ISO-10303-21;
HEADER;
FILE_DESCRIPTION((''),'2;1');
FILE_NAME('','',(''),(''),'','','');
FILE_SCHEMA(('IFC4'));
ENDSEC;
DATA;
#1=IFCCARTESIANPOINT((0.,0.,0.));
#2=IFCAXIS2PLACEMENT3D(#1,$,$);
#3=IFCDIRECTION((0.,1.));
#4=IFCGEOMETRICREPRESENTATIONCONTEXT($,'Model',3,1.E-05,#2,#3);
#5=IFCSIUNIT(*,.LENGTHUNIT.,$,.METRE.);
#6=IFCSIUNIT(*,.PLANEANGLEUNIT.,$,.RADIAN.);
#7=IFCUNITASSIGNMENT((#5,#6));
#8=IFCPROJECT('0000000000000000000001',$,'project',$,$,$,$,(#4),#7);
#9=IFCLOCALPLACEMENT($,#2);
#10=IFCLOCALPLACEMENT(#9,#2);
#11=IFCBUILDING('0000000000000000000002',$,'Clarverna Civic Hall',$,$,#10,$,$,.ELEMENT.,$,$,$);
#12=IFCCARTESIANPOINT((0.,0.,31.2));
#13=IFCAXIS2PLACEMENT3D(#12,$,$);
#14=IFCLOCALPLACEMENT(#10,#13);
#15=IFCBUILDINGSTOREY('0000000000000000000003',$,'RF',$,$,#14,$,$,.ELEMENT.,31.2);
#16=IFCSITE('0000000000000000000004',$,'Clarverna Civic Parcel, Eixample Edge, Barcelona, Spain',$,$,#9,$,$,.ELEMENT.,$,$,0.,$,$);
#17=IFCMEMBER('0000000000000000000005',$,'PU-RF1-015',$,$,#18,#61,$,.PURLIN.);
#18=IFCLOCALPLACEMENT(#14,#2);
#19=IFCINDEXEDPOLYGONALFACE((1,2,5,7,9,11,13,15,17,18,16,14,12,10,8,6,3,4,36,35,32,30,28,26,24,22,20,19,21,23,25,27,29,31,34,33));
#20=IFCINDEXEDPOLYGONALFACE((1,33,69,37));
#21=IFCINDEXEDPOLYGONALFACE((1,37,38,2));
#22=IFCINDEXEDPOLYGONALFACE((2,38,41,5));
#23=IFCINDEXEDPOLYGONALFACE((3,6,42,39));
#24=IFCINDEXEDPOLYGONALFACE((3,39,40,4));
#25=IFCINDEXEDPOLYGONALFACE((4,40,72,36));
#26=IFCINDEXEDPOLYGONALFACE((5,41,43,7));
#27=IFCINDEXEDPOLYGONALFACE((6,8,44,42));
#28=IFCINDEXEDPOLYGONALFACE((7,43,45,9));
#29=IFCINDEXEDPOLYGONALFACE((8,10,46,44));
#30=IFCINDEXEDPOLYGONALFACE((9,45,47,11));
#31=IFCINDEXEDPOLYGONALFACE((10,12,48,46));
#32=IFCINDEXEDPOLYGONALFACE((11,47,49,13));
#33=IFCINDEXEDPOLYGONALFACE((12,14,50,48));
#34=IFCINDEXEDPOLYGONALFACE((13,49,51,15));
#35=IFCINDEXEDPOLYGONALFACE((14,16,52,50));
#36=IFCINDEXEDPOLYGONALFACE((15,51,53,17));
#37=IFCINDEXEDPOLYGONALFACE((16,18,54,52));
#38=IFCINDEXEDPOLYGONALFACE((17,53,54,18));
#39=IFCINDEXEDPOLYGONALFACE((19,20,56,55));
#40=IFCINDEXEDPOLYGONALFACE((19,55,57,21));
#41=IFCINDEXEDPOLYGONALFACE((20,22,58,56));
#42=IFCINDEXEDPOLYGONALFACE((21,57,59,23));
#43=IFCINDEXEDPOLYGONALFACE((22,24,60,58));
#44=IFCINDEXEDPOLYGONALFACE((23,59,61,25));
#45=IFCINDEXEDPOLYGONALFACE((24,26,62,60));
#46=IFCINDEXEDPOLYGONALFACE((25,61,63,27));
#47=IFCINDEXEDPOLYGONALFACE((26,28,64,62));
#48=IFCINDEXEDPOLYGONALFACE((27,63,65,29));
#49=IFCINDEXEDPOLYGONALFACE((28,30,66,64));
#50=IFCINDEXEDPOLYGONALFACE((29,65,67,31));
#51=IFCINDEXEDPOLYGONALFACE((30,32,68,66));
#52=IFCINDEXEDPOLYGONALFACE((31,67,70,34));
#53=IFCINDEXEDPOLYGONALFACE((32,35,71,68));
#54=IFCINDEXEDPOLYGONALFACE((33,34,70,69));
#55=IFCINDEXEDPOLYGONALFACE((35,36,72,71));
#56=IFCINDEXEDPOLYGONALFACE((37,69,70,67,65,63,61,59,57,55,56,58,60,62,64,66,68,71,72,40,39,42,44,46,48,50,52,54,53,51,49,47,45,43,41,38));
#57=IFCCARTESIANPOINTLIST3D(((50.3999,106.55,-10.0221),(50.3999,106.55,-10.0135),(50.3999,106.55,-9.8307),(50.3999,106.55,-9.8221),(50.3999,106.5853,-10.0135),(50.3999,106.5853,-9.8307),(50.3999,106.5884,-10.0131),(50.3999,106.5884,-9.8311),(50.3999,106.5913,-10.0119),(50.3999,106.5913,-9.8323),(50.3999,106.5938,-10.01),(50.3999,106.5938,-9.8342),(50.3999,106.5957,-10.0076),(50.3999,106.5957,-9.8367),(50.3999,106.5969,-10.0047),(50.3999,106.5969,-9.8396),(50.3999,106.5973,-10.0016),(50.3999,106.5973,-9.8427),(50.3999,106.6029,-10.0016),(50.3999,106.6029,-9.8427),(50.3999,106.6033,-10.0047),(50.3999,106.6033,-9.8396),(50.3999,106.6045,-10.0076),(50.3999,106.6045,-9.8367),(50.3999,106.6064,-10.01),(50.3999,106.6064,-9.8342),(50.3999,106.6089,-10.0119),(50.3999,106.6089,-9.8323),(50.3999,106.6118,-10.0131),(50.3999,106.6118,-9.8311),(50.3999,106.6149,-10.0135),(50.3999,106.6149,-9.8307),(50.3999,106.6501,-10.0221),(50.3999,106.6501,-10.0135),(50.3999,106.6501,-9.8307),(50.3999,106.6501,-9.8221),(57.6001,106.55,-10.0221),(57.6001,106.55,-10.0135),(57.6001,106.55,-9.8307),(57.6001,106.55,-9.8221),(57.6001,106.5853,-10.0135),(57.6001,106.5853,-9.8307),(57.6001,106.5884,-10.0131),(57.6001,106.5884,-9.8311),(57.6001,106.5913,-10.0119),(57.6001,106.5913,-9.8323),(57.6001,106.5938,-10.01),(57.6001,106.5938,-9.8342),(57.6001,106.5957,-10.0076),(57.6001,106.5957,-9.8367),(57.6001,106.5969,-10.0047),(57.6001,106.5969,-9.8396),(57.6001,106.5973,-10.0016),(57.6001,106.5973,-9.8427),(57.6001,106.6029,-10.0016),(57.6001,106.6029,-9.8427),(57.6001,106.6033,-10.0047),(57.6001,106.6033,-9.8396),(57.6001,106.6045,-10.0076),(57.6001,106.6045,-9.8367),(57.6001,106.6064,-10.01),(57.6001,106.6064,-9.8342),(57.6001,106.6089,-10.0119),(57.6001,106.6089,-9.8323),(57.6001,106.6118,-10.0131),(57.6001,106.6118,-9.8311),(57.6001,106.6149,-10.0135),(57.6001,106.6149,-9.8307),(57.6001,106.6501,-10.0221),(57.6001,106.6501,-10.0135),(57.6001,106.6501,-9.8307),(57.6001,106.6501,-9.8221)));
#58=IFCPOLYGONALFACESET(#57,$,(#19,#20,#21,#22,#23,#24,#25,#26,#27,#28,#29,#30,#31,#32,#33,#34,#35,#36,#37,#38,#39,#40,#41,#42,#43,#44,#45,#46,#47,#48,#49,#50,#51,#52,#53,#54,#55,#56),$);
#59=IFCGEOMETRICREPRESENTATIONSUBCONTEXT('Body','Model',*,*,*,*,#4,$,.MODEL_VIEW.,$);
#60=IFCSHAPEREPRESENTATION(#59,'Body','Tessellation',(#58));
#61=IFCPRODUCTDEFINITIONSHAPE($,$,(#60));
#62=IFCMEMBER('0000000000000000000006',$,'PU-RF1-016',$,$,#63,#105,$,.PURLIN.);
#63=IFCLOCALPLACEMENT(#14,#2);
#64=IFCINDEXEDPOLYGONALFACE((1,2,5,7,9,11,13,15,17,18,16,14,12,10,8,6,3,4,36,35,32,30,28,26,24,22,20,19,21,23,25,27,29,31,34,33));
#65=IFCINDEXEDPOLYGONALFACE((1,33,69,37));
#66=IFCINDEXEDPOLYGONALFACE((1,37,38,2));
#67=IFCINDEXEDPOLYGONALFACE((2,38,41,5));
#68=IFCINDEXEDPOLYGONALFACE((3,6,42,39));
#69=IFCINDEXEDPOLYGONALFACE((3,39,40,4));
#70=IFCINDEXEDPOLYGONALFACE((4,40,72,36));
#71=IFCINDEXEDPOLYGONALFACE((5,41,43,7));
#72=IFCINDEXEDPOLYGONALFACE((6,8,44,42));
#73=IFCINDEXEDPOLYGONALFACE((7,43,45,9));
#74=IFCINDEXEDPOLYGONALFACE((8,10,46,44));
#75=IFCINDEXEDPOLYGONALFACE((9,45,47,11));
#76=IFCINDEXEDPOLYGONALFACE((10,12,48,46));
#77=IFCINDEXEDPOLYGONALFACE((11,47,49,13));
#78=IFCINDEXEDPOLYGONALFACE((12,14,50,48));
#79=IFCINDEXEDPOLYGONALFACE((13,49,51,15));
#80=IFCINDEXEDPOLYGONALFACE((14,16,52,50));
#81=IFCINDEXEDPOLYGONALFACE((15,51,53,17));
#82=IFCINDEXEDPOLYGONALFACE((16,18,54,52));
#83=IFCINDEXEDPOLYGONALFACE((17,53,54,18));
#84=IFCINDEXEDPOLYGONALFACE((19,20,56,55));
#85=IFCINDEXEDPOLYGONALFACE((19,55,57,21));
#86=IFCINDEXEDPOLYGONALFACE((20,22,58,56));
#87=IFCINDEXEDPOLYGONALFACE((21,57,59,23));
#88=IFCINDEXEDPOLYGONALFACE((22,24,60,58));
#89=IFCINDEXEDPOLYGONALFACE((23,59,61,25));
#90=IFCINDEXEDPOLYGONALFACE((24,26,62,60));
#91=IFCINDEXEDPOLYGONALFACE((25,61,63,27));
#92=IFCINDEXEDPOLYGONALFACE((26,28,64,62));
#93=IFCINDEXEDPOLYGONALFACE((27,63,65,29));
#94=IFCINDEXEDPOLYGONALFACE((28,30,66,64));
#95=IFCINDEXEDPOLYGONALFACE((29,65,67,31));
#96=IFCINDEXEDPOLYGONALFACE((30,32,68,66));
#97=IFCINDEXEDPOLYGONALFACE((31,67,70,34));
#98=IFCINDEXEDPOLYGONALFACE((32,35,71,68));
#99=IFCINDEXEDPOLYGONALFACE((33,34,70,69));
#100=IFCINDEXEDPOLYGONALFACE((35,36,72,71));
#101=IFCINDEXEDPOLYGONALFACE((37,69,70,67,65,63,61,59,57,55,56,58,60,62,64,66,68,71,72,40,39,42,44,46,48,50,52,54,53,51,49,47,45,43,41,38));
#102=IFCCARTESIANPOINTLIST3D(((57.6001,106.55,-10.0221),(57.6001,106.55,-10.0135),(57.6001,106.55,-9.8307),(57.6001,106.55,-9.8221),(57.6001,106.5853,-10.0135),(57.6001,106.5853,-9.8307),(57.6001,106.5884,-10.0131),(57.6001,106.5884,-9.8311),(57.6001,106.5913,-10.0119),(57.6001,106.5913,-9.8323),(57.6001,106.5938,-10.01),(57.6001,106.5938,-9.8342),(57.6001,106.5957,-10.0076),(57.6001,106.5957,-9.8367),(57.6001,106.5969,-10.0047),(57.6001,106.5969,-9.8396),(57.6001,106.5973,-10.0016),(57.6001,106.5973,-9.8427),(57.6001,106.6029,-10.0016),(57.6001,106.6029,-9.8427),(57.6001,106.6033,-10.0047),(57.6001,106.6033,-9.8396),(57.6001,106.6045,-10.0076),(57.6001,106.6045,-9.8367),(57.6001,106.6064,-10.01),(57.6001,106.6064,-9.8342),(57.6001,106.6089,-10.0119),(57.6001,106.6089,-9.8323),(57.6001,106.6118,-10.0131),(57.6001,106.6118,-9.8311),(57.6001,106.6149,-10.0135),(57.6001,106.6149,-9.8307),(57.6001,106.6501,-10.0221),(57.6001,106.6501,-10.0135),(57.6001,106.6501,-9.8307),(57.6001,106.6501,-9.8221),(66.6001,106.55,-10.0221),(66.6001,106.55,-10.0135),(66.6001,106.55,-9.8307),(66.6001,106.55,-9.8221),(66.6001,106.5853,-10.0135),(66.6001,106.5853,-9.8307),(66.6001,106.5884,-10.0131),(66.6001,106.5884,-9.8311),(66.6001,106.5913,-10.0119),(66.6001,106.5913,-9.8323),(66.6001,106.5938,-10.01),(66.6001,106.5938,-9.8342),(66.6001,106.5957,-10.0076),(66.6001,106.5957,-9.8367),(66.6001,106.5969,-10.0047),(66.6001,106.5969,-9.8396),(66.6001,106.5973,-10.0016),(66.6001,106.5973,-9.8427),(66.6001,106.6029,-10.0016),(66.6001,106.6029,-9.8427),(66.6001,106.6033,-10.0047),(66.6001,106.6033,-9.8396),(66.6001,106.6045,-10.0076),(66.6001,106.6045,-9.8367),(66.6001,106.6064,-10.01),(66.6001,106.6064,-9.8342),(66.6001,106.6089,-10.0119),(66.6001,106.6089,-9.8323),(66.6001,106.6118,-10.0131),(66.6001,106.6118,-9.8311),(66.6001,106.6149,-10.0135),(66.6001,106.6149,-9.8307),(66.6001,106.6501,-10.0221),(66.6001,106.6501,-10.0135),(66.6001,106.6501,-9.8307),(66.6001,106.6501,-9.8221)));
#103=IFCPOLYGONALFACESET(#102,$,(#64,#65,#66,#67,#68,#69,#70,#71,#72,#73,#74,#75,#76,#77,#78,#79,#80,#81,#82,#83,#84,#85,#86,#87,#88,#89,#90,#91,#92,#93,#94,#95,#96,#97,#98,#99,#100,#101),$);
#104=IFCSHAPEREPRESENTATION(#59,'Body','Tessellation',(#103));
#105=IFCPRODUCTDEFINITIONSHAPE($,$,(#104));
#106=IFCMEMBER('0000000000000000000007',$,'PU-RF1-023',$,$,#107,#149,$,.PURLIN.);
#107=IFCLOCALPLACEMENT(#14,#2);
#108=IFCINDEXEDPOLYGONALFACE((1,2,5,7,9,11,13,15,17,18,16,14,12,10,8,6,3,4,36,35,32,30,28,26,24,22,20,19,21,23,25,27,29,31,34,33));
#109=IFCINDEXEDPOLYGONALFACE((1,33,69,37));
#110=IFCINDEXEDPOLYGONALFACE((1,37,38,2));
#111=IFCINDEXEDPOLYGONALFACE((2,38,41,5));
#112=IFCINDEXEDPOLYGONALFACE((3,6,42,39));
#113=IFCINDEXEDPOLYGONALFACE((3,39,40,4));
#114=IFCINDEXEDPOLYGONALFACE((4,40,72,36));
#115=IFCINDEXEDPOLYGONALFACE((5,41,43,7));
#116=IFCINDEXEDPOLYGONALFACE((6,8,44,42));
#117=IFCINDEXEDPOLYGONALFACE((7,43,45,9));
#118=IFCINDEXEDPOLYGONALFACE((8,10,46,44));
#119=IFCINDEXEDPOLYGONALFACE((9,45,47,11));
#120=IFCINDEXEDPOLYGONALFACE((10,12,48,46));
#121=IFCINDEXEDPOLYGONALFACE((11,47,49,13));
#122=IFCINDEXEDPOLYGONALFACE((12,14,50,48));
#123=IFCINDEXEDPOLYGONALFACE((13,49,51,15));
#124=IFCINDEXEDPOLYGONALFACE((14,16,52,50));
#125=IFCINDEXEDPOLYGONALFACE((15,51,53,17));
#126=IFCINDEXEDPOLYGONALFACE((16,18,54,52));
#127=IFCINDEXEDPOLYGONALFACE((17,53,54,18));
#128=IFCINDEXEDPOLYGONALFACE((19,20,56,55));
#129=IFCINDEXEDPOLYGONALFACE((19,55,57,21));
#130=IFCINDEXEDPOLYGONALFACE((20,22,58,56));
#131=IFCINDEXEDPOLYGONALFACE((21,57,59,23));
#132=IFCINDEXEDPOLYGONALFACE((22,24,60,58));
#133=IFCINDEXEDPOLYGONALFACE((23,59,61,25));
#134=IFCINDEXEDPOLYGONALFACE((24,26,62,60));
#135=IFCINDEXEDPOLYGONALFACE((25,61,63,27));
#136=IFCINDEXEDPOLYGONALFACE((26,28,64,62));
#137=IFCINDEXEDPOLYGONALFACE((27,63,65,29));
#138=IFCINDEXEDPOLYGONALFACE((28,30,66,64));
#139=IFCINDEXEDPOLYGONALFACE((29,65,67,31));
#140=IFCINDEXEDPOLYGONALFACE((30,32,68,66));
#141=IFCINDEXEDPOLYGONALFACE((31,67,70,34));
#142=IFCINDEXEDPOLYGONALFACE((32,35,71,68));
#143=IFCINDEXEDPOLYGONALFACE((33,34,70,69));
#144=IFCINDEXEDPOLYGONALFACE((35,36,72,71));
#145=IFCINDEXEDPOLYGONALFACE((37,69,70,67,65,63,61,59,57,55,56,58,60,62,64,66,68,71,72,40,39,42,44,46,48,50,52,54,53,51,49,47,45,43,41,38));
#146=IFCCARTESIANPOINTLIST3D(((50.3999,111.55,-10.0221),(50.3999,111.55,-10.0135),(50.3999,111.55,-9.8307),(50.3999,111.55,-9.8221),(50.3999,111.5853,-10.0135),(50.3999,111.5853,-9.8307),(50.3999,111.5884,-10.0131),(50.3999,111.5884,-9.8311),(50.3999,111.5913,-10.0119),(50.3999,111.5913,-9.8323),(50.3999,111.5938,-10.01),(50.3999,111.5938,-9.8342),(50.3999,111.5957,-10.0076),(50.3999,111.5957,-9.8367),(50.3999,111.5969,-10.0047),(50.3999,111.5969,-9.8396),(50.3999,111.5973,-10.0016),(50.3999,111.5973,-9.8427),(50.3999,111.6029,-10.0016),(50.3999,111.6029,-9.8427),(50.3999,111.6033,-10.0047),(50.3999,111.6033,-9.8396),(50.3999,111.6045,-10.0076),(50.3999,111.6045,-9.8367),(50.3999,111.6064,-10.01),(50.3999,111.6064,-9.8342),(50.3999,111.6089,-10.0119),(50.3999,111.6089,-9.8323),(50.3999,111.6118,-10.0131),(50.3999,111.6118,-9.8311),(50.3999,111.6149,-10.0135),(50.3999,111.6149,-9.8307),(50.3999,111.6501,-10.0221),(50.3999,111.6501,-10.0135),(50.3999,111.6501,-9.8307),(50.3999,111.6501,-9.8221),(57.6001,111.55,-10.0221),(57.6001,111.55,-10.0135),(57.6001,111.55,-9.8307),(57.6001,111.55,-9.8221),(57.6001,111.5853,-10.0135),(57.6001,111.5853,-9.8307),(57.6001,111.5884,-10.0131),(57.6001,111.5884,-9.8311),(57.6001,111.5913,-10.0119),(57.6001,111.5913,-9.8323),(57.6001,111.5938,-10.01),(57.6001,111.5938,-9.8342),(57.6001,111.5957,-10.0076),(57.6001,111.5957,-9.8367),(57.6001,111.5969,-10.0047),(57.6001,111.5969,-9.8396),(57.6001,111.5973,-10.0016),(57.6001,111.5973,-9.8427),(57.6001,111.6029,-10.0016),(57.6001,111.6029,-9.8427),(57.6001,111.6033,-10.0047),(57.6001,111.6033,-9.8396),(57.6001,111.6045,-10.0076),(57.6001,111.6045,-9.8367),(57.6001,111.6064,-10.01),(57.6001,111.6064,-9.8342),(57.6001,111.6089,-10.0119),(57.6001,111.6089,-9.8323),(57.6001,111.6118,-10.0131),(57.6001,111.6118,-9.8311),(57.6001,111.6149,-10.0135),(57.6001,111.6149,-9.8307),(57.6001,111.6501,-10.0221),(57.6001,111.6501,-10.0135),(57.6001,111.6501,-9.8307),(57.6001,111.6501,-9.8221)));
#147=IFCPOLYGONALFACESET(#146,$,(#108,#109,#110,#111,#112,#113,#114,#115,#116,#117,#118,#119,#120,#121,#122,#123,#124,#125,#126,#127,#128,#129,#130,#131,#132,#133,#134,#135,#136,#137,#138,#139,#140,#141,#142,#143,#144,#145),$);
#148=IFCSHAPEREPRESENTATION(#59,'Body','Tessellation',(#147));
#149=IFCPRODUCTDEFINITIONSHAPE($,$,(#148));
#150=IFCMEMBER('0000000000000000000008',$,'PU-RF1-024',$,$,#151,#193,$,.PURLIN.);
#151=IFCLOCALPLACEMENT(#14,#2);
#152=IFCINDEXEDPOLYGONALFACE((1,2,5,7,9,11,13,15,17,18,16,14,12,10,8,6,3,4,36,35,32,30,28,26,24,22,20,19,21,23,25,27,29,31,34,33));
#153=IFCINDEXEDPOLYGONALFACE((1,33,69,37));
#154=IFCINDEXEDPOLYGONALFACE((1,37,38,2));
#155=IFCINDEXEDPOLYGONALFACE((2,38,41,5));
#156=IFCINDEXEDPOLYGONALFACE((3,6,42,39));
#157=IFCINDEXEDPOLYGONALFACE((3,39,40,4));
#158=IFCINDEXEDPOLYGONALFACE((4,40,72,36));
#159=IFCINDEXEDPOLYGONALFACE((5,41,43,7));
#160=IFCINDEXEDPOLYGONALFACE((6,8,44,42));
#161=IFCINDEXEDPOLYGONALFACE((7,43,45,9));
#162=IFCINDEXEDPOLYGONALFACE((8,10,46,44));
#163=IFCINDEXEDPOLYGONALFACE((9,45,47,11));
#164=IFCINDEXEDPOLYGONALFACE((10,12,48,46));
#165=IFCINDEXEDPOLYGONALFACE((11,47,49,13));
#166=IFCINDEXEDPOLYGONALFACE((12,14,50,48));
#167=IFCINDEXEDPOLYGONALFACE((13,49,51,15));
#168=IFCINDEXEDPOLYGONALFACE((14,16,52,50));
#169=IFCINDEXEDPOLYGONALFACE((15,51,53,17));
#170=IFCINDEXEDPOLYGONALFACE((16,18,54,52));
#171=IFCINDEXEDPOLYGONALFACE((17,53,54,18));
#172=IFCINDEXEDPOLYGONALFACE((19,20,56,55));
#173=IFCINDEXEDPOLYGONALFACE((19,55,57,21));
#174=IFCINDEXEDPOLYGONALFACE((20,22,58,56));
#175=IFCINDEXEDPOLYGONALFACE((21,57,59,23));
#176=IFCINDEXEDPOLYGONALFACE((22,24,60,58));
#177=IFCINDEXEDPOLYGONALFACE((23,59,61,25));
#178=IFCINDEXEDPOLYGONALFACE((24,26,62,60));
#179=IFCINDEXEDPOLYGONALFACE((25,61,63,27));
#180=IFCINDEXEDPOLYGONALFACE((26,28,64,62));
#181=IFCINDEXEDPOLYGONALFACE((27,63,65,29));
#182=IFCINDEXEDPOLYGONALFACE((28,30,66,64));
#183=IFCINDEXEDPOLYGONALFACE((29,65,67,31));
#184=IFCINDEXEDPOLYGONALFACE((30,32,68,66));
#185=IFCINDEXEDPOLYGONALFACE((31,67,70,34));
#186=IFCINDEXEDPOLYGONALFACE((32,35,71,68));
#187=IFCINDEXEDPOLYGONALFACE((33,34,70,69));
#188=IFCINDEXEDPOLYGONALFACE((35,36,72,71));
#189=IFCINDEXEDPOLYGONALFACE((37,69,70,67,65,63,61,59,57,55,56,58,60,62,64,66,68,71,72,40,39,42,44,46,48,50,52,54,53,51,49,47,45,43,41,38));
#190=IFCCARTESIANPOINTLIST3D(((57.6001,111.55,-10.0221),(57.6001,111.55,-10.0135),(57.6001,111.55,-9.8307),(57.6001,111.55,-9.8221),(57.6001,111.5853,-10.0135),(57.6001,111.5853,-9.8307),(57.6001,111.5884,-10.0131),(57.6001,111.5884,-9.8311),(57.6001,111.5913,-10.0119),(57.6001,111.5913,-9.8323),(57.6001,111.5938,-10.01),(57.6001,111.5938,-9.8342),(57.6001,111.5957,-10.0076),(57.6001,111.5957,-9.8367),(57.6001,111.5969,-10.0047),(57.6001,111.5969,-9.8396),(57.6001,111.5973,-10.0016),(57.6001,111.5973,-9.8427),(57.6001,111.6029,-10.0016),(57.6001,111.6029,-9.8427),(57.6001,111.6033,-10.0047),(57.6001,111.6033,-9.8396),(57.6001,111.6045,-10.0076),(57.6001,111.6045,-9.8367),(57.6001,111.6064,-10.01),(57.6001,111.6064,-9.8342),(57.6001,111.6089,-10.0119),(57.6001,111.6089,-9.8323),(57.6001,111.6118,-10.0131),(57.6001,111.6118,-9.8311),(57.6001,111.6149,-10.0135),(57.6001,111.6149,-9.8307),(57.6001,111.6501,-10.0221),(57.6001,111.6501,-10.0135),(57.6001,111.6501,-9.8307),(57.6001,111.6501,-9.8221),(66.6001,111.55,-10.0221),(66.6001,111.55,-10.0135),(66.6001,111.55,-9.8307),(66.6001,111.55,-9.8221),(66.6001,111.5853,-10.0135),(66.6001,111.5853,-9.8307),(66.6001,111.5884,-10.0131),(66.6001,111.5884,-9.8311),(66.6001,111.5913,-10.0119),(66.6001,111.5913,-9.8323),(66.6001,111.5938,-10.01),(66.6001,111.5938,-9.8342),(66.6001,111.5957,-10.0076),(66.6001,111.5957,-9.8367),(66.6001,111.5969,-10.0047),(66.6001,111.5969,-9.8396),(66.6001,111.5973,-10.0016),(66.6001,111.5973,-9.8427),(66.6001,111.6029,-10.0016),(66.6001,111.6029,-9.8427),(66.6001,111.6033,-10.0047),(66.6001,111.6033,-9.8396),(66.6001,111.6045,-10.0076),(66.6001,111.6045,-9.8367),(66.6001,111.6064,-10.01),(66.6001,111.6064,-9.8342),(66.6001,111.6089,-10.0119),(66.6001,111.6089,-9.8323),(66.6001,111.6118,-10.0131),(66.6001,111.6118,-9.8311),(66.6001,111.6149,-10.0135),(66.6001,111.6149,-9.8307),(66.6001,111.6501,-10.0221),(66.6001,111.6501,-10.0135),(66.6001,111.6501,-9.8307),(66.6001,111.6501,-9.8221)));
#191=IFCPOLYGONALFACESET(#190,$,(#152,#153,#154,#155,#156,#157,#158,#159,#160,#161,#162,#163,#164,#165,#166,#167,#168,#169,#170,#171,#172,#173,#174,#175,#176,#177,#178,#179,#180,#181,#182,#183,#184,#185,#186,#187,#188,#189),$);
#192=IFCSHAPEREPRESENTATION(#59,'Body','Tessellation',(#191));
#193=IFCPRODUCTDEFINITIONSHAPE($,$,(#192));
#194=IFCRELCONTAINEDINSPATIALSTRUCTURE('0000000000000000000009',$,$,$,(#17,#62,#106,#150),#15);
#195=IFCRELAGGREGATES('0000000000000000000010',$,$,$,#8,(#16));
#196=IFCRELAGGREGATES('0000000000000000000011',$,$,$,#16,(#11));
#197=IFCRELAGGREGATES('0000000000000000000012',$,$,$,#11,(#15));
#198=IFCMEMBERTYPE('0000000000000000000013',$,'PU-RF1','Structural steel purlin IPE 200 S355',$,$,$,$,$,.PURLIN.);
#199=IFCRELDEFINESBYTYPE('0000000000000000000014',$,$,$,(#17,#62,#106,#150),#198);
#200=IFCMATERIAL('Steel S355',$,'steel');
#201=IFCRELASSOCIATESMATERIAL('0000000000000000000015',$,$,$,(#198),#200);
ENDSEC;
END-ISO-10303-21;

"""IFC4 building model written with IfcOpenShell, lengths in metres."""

from ifc_helpers import new_model, si_unit, direction, frame, origin, origin_2d, place, context, subcontext, project, spatial, i_section, extrude, material, material_profile, profile_set, type_object, element, save


model = new_model("IFC4")

# Units and contexts
model_context = context("Model", 3, precision=1e-05, world=origin(), true_north=direction((0.0, 1.0)))
body_context = subcontext(model_context, "Body", "Model", "MODEL_VIEW")
ifc_project = project(units=[si_unit("LENGTHUNIT", "METRE"), si_unit("PLANEANGLEUNIT", "RADIAN")], contexts=[model_context])

# Site, building, storey
site_placement = place(None, origin())
site = spatial("IfcSite", under=ifc_project, at=site_placement, Name="Clarverna Civic Parcel, Eixample Edge, Barcelona, Spain", CompositionType="ELEMENT", RefElevation=0.0)
building_placement = place(site_placement, origin())
building = spatial("IfcBuilding", under=site, at=building_placement, Name="Clarverna Civic Hall", CompositionType="ELEMENT")
storey_placement = place(building_placement, frame((0.0, 0.0, 31.2)))
storey = spatial("IfcBuildingStorey", under=building, at=storey_placement, Name="RF", CompositionType="ELEMENT", Elevation=31.2)

# Members
ifc_material_1 = material(Name="Steel S355", Category="steel")
ifc_material_profile_1 = material_profile(ifc_material_1, i_section(OverallWidth=0.1001, OverallDepth=0.2, WebThickness=0.0056, FlangeThickness=0.0085, FilletRadius=0.012, at=origin_2d()), Name="IPE 200")
ifc_profile_set_1 = profile_set([ifc_material_profile_1], Name="Steel S355")
member_type_1 = type_object("IfcMemberType", Name="PU-RF1", Description="Structural steel purlin IPE 200 S355", PredefinedType="PURLIN", material=ifc_profile_set_1)
member_1_placement = place(storey_placement, frame((50.3999, 106.6001, -9.9221), z_axis=(1.0, 0.0, 0.0), x_axis=(0.0, 1.0, 0.0)))
element("IfcMember", 1, at=member_1_placement, inside=storey, type_object=member_type_1, Name="PU-RF1-015", PredefinedType="PURLIN", context=body_context, shape_type="SweptSolid", body=[
    extrude(i_section(OverallWidth=0.1001, OverallDepth=0.2, WebThickness=0.0056, FlangeThickness=0.0085, FilletRadius=0.012, at=origin_2d()), origin(), (0.0, 0.0, 1.0), 7.2002),
])
member_2_placement = place(storey_placement, frame((57.6001, 106.6001, -9.9221), z_axis=(1.0, 0.0, 0.0), x_axis=(0.0, 1.0, 0.0)))
element("IfcMember", 2, at=member_2_placement, inside=storey, type_object=member_type_1, Name="PU-RF1-016", PredefinedType="PURLIN", context=body_context, shape_type="SweptSolid", body=[
    extrude(i_section(OverallWidth=0.1001, OverallDepth=0.2, WebThickness=0.0056, FlangeThickness=0.0085, FilletRadius=0.012, at=origin_2d()), origin(), (0.0, 0.0, 1.0), 9.0),
])
member_3_placement = place(storey_placement, frame((50.3999, 111.6001, -9.9221), z_axis=(1.0, 0.0, 0.0), x_axis=(0.0, 1.0, 0.0)))
element("IfcMember", 3, at=member_3_placement, inside=storey, type_object=member_type_1, Name="PU-RF1-023", PredefinedType="PURLIN", context=body_context, shape_type="SweptSolid", body=[
    extrude(i_section(OverallWidth=0.1001, OverallDepth=0.2, WebThickness=0.0056, FlangeThickness=0.0085, FilletRadius=0.012, at=origin_2d()), origin(), (0.0, 0.0, 1.0), 7.2002),
])
member_4_placement = place(storey_placement, frame((57.6001, 111.6001, -9.9221), z_axis=(1.0, 0.0, 0.0), x_axis=(0.0, 1.0, 0.0)))
element("IfcMember", 4, at=member_4_placement, inside=storey, type_object=member_type_1, Name="PU-RF1-024", PredefinedType="PURLIN", context=body_context, shape_type="SweptSolid", body=[
    extrude(i_section(OverallWidth=0.1001, OverallDepth=0.2, WebThickness=0.0056, FlangeThickness=0.0085, FilletRadius=0.012, at=origin_2d()), origin(), (0.0, 0.0, 1.0), 9.0),
])

save(model, "model.ifc")
